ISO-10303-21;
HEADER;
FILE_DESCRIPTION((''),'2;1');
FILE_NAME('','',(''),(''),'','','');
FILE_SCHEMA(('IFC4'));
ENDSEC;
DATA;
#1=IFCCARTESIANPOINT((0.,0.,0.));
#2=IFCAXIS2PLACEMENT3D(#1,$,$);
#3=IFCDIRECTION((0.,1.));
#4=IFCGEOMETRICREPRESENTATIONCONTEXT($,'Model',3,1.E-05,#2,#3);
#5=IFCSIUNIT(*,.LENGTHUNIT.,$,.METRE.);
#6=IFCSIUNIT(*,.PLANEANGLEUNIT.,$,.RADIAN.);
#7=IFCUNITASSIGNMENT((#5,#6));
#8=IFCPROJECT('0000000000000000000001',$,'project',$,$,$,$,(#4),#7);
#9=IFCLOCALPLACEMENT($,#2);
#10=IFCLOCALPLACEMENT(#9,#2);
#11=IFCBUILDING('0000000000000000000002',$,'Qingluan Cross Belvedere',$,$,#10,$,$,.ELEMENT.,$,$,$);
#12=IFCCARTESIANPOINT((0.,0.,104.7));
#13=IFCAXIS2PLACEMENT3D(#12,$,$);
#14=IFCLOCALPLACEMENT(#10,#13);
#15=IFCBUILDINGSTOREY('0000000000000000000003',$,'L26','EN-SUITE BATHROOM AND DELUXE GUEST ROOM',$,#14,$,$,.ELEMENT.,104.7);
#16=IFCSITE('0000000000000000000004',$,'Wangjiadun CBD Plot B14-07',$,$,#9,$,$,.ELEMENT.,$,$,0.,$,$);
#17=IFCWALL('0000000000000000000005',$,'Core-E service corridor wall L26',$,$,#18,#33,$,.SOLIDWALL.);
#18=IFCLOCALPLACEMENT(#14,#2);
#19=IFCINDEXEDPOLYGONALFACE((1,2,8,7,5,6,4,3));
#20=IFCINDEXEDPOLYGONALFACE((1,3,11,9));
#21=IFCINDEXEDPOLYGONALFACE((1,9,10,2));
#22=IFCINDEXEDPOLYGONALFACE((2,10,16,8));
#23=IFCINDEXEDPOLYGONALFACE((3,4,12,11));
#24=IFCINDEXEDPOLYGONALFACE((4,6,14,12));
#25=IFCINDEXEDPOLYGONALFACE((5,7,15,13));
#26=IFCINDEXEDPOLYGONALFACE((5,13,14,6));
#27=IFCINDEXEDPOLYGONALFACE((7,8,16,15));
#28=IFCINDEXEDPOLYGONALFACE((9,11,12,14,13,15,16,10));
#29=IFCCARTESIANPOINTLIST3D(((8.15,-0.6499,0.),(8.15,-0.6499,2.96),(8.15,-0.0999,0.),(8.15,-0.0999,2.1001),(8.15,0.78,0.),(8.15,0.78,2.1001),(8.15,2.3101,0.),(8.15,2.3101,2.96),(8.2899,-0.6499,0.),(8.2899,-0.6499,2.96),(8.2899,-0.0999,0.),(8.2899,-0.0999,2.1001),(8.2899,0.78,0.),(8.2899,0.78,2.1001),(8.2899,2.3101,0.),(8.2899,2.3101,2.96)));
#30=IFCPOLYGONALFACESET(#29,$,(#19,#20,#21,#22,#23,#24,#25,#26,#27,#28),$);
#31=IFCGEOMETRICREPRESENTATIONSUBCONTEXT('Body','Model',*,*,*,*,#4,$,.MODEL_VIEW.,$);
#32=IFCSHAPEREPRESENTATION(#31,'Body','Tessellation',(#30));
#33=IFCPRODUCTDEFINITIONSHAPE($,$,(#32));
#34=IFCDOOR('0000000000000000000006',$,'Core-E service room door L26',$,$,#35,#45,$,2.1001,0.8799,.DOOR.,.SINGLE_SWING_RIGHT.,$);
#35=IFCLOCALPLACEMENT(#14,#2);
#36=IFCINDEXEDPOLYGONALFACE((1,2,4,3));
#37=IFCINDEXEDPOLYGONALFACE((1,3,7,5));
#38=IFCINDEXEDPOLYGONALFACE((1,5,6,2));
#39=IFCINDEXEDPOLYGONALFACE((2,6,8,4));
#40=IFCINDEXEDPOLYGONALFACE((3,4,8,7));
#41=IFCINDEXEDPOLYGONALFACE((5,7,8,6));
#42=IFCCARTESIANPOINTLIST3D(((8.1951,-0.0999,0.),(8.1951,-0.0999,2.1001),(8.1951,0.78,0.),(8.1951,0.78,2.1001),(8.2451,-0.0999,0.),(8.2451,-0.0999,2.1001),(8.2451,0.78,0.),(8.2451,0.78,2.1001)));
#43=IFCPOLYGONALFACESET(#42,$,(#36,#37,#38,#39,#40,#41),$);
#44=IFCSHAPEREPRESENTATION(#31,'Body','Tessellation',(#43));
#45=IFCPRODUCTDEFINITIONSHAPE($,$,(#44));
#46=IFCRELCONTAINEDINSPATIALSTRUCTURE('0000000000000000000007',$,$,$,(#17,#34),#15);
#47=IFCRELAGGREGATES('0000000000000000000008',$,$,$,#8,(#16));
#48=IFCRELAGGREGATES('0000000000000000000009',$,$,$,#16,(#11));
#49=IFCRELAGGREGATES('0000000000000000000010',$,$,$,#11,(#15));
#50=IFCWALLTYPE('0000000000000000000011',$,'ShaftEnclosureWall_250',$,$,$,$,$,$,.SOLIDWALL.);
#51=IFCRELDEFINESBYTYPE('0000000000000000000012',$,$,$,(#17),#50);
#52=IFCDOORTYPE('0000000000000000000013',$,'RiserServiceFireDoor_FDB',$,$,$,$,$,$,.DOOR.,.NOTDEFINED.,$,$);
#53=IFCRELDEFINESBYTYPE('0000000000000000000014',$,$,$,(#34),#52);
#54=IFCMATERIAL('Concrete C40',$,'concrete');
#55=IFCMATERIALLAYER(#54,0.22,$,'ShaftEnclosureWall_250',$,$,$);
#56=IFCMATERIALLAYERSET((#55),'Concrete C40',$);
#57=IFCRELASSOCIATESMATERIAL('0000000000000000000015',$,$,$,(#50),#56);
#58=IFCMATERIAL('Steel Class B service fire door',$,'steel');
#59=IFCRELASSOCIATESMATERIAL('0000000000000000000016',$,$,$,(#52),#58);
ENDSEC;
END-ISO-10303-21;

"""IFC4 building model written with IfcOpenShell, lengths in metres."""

from ifc_helpers import new_model, si_unit, direction, frame, frame_2d, origin, place, context, subcontext, project, spatial, rectangle, extrude, material, layer, layer_set, type_object, element, fill, save


model = new_model("IFC4")

# Units and contexts
model_context = context("Model", 3, precision=1e-05, world=origin(), true_north=direction((0.0, 1.0)))
body_context = subcontext(model_context, "Body", "Model", "MODEL_VIEW")
ifc_project = project(units=[si_unit("LENGTHUNIT", "METRE"), si_unit("PLANEANGLEUNIT", "RADIAN")], contexts=[model_context])

# Site, building, storey
site_placement = place(None, origin())
site = spatial("IfcSite", under=ifc_project, at=site_placement, Name="Wangjiadun CBD Plot B14-07", CompositionType="ELEMENT", RefElevation=0.0)
building_placement = place(site_placement, origin())
building = spatial("IfcBuilding", under=site, at=building_placement, Name="Qingluan Cross Belvedere", CompositionType="ELEMENT")
storey_placement = place(building_placement, frame((0.0, 0.0, 104.7)))
storey = spatial("IfcBuildingStorey", under=building, at=storey_placement, Name="L26", Description="EN-SUITE BATHROOM AND DELUXE GUEST ROOM", CompositionType="ELEMENT", Elevation=104.7)

# Shared definitions
ifc_material_1 = material(Name="Concrete C40", Category="concrete")
ifc_layer_1 = layer(ifc_material_1, 0.22, Name="ShaftEnclosureWall_250")
ifc_layer_set_1 = layer_set([ifc_layer_1], Name="Concrete C40")
wall_type_1 = type_object("IfcWallType", Name="ShaftEnclosureWall_250", PredefinedType="SOLIDWALL", material=ifc_layer_set_1)

# Wall, opening, door
wall_1_placement = place(storey_placement, frame((8.22, -0.6499, 0.0), z_axis=(0.0, 0.0, 1.0), x_axis=(0.0, 1.0, 0.0)))
wall_1 = element("IfcWall", 1, at=wall_1_placement, inside=storey, type_object=wall_type_1, Name="Core-E service corridor wall L26", PredefinedType="SOLIDWALL", context=body_context, shape_type="SweptSolid", body=[
    extrude(rectangle(XDim=2.96, YDim=0.1399, at=frame_2d((1.48, 0.0))), origin(), (0.0, 0.0, 1.0), 2.96),
])
opening_1_placement = place(wall_1_placement, frame((0.55, 0.0, 0.0)))
opening_1 = element("IfcOpeningElement", 2, at=opening_1_placement, cuts=wall_1, PredefinedType="OPENING", context=body_context, shape_type="SweptSolid", body=[
    extrude(rectangle(XDim=0.8799, YDim=2.1001, at=frame_2d((0.4399, 1.05))), frame((0.0, 0.0798, 0.0), z_axis=(0.0, -1.0, 0.0), x_axis=(1.0, 0.0, 0.0)), (0.0, 0.0, 1.0), 0.1599),
])
ifc_material_2 = material(Name="Steel Class B service fire door", Category="steel")
door_type_1 = type_object("IfcDoorType", Name="RiserServiceFireDoor_FDB", OperationType="NOTDEFINED", PredefinedType="DOOR", material=ifc_material_2)
door_1_placement = place(opening_1_placement, origin())
door_1 = element("IfcDoor", 3, at=door_1_placement, inside=storey, type_object=door_type_1, Name="Core-E service room door L26", OperationType="SINGLE_SWING_RIGHT", OverallHeight=2.1001, OverallWidth=0.8799, PredefinedType="DOOR", context=body_context, shape_type="SweptSolid", body=[
    extrude(rectangle(XDim=0.8799, YDim=2.1001, at=frame_2d((0.4399, 1.05))), frame((0.0, 0.0249, 0.0), z_axis=(0.0, -1.0, 0.0), x_axis=(1.0, 0.0, 0.0)), (0.0, 0.0, 1.0), 0.05),
])
fill(opening_1, door_1)

save(model, "model.ifc")
